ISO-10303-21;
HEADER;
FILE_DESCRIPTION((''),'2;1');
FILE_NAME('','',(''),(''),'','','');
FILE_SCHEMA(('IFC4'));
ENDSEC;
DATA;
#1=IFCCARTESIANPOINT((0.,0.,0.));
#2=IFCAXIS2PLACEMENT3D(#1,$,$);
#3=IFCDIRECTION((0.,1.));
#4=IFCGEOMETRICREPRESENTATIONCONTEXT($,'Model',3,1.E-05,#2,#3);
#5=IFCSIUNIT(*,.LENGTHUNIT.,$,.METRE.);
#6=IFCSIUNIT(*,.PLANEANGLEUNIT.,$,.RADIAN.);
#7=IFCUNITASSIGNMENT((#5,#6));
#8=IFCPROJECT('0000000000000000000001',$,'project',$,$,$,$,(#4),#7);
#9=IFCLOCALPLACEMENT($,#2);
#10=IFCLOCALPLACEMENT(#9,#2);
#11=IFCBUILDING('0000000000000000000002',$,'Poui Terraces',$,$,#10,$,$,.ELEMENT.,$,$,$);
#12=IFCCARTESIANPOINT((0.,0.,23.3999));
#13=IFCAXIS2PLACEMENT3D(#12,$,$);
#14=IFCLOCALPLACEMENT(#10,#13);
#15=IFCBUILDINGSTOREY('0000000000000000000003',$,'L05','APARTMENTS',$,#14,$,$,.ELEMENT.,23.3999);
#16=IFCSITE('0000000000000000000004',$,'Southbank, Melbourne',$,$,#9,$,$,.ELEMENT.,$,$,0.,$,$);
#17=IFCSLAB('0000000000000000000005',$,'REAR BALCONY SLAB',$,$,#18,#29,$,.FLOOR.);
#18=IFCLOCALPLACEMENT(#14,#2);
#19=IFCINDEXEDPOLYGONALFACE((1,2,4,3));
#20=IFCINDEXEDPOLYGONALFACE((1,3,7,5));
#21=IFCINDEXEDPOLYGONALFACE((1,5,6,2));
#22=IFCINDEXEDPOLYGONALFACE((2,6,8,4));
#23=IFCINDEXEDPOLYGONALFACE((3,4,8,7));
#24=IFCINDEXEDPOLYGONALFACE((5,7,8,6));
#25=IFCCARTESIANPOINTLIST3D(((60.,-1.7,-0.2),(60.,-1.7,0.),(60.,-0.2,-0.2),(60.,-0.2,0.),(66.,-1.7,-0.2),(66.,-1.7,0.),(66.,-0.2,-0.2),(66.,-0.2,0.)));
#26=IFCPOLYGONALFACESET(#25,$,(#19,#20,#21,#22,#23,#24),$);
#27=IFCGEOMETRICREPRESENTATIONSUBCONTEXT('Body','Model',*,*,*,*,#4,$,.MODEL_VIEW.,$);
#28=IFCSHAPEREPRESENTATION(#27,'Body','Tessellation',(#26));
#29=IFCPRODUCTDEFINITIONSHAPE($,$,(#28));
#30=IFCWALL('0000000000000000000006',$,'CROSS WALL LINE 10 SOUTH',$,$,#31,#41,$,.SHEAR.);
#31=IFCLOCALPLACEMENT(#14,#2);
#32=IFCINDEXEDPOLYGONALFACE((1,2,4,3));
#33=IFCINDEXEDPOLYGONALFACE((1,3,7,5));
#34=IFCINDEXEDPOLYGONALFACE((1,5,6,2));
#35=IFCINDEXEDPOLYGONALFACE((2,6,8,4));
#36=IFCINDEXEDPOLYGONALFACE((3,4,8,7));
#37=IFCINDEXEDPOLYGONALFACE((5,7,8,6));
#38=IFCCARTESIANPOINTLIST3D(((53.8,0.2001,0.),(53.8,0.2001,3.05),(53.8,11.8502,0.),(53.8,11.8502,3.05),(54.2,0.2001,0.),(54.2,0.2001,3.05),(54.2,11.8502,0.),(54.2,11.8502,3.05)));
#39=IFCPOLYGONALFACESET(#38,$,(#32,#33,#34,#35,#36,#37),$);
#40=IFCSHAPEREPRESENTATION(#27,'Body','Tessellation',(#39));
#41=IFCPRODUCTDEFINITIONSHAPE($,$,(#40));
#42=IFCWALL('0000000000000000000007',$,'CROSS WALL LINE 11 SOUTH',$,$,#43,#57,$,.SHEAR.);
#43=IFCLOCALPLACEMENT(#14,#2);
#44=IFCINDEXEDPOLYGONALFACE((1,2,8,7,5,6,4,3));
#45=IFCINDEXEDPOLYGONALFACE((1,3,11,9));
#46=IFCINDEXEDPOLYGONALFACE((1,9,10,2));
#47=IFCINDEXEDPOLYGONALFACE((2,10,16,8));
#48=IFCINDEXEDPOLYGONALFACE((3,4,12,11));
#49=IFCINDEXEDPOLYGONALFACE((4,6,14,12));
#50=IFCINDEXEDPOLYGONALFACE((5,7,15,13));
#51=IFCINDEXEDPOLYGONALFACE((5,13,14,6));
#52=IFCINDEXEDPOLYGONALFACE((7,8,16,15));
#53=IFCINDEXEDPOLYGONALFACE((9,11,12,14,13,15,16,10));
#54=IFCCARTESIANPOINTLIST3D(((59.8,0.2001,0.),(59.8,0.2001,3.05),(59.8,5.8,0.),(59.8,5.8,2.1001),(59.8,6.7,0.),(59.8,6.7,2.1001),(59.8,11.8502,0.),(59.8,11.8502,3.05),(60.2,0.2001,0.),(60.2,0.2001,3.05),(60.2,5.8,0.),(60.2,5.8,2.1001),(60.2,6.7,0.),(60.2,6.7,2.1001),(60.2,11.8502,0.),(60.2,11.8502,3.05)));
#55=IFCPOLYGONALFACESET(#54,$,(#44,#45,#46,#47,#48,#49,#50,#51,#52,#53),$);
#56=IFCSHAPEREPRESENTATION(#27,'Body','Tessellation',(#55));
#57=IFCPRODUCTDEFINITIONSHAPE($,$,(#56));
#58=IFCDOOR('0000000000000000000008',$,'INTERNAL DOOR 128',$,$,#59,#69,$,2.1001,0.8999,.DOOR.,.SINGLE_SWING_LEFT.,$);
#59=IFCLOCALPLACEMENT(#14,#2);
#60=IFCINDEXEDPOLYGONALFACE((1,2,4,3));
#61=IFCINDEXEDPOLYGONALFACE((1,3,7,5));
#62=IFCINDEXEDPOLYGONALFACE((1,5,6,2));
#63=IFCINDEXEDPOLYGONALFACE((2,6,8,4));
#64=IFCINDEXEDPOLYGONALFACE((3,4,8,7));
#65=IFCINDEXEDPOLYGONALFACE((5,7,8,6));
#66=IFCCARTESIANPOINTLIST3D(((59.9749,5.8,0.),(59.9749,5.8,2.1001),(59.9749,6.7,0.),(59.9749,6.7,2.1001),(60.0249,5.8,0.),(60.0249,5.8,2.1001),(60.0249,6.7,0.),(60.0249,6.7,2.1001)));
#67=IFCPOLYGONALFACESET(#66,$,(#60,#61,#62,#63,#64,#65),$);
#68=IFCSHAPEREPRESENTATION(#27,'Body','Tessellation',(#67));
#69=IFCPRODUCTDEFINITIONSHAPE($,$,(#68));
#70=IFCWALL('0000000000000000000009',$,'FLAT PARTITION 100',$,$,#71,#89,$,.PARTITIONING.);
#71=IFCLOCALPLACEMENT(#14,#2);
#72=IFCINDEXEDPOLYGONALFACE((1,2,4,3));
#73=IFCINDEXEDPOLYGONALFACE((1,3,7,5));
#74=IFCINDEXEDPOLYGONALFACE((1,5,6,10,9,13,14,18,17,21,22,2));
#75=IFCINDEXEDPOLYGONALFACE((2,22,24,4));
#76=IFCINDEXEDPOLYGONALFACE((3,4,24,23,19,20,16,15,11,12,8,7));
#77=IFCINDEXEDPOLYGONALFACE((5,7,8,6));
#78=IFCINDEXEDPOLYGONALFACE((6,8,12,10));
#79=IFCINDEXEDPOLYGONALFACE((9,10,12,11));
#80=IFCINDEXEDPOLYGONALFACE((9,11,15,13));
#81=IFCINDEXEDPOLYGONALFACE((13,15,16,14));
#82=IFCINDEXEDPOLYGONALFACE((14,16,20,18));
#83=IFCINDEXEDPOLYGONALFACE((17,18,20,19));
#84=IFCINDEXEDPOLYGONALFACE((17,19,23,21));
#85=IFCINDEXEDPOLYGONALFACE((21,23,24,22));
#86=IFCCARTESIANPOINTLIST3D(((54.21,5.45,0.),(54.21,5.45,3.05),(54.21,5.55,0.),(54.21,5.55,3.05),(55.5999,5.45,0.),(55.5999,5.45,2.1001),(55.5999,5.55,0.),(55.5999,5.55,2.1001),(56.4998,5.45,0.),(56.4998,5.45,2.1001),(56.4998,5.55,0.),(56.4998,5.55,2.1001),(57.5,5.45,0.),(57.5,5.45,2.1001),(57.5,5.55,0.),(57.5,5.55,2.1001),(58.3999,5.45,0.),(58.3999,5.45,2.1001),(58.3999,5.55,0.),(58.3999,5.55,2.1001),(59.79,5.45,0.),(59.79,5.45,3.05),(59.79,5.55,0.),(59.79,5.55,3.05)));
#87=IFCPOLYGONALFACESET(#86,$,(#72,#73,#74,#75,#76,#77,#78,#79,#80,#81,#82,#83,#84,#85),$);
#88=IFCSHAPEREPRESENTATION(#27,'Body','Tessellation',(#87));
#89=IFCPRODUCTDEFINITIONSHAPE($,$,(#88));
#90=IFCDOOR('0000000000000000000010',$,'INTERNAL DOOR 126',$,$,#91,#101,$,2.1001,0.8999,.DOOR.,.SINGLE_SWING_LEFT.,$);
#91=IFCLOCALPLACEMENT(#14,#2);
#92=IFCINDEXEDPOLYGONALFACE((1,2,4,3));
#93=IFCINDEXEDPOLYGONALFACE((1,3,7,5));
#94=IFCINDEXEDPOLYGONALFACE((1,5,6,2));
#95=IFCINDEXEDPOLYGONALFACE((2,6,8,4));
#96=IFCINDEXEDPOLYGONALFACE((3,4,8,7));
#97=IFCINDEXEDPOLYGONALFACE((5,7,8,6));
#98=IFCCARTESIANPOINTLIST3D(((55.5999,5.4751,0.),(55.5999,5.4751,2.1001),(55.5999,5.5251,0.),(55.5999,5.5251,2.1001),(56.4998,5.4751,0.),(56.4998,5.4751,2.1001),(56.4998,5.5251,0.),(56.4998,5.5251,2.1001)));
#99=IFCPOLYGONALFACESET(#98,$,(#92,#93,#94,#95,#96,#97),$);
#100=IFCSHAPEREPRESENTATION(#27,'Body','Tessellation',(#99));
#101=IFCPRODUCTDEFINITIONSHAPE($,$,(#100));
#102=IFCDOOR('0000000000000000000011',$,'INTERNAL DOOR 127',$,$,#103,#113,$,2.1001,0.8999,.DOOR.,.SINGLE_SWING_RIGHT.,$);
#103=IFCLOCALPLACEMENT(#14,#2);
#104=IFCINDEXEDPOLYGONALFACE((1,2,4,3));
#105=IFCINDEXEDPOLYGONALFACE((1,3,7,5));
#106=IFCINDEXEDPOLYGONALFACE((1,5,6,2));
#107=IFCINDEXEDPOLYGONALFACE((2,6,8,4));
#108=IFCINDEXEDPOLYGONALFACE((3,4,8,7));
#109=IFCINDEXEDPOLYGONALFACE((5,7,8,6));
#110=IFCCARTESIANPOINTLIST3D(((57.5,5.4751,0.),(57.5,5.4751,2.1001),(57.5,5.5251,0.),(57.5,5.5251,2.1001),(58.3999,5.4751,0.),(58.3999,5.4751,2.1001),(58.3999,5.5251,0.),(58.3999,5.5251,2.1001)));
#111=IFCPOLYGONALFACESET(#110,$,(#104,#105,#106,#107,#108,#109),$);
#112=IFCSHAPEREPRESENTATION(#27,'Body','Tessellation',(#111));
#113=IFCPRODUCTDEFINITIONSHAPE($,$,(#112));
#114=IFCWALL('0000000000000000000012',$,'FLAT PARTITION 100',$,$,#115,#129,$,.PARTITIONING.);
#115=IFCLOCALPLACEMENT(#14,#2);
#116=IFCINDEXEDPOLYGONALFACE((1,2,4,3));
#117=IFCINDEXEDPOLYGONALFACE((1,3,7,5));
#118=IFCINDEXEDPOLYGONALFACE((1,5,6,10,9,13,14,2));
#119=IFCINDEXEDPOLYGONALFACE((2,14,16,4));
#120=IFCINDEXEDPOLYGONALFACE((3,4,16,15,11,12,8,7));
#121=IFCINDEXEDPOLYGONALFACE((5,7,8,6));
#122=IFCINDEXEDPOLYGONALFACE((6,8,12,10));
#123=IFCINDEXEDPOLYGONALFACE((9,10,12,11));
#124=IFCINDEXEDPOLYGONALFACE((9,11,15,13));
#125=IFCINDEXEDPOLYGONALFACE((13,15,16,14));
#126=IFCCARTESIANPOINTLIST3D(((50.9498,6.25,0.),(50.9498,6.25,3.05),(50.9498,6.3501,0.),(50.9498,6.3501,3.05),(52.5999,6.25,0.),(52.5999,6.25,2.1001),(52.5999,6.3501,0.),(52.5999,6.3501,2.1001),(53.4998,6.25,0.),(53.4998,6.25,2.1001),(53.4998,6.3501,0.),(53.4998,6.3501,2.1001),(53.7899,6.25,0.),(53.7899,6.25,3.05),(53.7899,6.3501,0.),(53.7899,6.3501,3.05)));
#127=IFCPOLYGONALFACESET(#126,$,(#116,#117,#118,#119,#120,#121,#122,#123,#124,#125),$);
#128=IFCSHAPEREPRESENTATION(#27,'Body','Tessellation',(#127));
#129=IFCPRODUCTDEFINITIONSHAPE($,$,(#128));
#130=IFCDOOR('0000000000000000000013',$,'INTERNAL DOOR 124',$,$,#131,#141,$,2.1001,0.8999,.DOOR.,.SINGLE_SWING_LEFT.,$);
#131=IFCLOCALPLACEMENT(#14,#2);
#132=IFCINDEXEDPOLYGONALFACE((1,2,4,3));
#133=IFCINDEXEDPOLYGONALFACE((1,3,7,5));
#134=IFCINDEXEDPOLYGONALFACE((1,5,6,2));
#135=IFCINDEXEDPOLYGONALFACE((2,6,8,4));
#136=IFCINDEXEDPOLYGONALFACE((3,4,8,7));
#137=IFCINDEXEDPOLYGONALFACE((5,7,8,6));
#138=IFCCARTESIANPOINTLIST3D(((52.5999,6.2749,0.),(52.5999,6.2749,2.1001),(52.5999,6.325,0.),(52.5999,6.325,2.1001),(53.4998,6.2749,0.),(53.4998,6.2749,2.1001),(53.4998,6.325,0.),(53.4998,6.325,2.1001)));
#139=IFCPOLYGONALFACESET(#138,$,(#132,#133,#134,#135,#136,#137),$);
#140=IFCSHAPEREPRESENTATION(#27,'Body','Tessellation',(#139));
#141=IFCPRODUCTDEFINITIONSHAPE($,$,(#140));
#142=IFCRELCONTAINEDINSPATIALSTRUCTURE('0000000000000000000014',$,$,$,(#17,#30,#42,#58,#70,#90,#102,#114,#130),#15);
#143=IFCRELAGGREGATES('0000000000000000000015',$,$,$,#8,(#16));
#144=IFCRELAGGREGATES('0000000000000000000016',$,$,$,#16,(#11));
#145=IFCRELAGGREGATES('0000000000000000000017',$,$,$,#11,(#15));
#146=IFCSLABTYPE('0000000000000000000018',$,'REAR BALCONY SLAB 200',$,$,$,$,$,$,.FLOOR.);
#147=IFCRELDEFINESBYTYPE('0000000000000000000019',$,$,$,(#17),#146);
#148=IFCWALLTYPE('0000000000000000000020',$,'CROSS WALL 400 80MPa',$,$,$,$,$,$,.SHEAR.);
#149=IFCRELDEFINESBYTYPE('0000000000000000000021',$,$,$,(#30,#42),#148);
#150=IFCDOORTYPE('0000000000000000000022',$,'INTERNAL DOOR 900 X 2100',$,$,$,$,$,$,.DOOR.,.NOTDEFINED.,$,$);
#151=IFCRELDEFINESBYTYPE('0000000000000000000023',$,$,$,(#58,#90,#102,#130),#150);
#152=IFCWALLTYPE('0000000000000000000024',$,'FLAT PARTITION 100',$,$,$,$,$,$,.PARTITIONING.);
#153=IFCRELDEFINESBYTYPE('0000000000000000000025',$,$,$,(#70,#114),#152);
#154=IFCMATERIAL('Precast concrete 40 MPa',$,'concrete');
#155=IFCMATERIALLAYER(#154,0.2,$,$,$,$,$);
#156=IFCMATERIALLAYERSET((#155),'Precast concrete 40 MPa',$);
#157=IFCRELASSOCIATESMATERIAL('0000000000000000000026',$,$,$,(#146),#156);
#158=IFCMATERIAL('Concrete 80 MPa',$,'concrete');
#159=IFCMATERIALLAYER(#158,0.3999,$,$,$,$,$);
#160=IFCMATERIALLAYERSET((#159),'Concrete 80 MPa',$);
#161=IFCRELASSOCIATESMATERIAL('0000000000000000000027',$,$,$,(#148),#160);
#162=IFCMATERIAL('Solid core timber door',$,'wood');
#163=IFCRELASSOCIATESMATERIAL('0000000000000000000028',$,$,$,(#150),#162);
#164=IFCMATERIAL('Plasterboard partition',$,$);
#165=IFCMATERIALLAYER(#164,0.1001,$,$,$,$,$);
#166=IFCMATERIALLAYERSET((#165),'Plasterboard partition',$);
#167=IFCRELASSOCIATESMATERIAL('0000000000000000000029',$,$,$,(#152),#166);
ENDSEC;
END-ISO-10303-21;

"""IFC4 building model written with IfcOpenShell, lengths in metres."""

from ifc_helpers import new_model, si_unit, direction, frame, frame_2d, origin, place, context, subcontext, project, spatial, polyline, rectangle, outline, extrude, source, transform, mapped, material, layer, layer_set, type_object, element, fill, save


model = new_model("IFC4")

# Units and contexts
model_context = context("Model", 3, precision=1e-05, world=origin(), true_north=direction((0.0, 1.0)))
body_context = subcontext(model_context, "Body", "Model", "MODEL_VIEW")
ifc_project = project(units=[si_unit("LENGTHUNIT", "METRE"), si_unit("PLANEANGLEUNIT", "RADIAN")], contexts=[model_context])

# Site, building, storey
site_placement = place(None, origin())
site = spatial("IfcSite", under=ifc_project, at=site_placement, Name="Southbank, Melbourne", CompositionType="ELEMENT", RefElevation=0.0)
building_placement = place(site_placement, origin())
building = spatial("IfcBuilding", under=site, at=building_placement, Name="Poui Terraces", CompositionType="ELEMENT")
storey_placement = place(building_placement, frame((0.0, 0.0, 23.3999)))
storey = spatial("IfcBuildingStorey", under=building, at=storey_placement, Name="L05", Description="APARTMENTS", CompositionType="ELEMENT", Elevation=23.3999)

# Slab
ifc_material_1 = material(Name="Precast concrete 40 MPa", Category="concrete")
ifc_layer_1 = layer(ifc_material_1, 0.2)
ifc_layer_set_1 = layer_set([ifc_layer_1], Name="Precast concrete 40 MPa")
slab_type = type_object("IfcSlabType", Name="REAR BALCONY SLAB 200", PredefinedType="FLOOR", material=ifc_layer_set_1)
shared_shape_1 = source(origin(), body_context, "Body", "SweptSolid", [
    extrude(outline(polyline([(0.0, 0.0), (6.0, 0.0), (6.0, 1.5), (0.0, 1.5), (0.0, 0.0)])), origin(), (0.0, 0.0, 1.0), 0.2),
])
slab_placement = place(storey_placement, frame((60.0, -1.7, -0.2)))
element("IfcSlab", 1, at=slab_placement, inside=storey, type_object=slab_type, Name="REAR BALCONY SLAB", PredefinedType="FLOOR", context=body_context, shape_type="MappedRepresentation", body=[
    mapped(shared_shape_1, transform((0.0, 0.0, 0.0))),
])

# Wall
ifc_material_2 = material(Name="Concrete 80 MPa", Category="concrete")
ifc_layer_2 = layer(ifc_material_2, 0.3999)
ifc_layer_set_2 = layer_set([ifc_layer_2], Name="Concrete 80 MPa")
wall_type_1 = type_object("IfcWallType", Name="CROSS WALL 400 80MPa", PredefinedType="SHEAR", material=ifc_layer_set_2)
wall_1_placement = place(storey_placement, frame((54.0, 0.2, 0.0), z_axis=(0.0, 0.0, 1.0), x_axis=(0.0, 1.0, 0.0)))
element("IfcWall", 2, at=wall_1_placement, inside=storey, type_object=wall_type_1, Name="CROSS WALL LINE 10 SOUTH", PredefinedType="SHEAR", context=body_context, shape_type="SweptSolid", body=[
    extrude(rectangle(XDim=11.6501, YDim=0.3999, at=frame_2d((5.8252, 0.0))), origin(), (0.0, 0.0, 1.0), 3.05),
])

# Wall, opening, door
wall_2_placement = place(storey_placement, frame((60.0, 0.2, 0.0), z_axis=(0.0, 0.0, 1.0), x_axis=(0.0, 1.0, 0.0)))
wall_2 = element("IfcWall", 3, at=wall_2_placement, inside=storey, type_object=wall_type_1, Name="CROSS WALL LINE 11 SOUTH", PredefinedType="SHEAR", context=body_context, shape_type="SweptSolid", body=[
    extrude(rectangle(XDim=11.6501, YDim=0.3999, at=frame_2d((5.8252, 0.0))), origin(), (0.0, 0.0, 1.0), 3.05),
])
opening_1_placement = place(wall_2_placement, frame((5.6001, 0.0, 0.0)))
opening_1 = element("IfcOpeningElement", 4, at=opening_1_placement, cuts=wall_2, PredefinedType="OPENING", context=body_context, shape_type="SweptSolid", body=[
    extrude(rectangle(XDim=0.8999, YDim=2.1001, at=frame_2d((0.45, 1.05))), frame((0.0, 0.21, 0.0), z_axis=(0.0, -1.0, 0.0), x_axis=(1.0, 0.0, 0.0)), (0.0, 0.0, 1.0), 0.4199),
])
ifc_material_3 = material(Name="Solid core timber door", Category="wood")
door_type_1 = type_object("IfcDoorType", Name="INTERNAL DOOR 900 X 2100", OperationType="NOTDEFINED", PredefinedType="DOOR", material=ifc_material_3)
door_1_placement = place(opening_1_placement, frame((0.8999, 0.0, 0.0), z_axis=(0.0, 0.0, 1.0), x_axis=(-1.0, 0.0, 0.0)))
door_1 = element("IfcDoor", 5, at=door_1_placement, inside=storey, type_object=door_type_1, Name="INTERNAL DOOR 128", OperationType="SINGLE_SWING_LEFT", OverallHeight=2.1001, OverallWidth=0.8999, PredefinedType="DOOR", context=body_context, shape_type="SweptSolid", body=[
    extrude(rectangle(XDim=0.8999, YDim=2.1001, at=frame_2d((0.45, 1.05))), frame((0.0, 0.0249, 0.0), z_axis=(0.0, -1.0, 0.0), x_axis=(1.0, 0.0, 0.0)), (0.0, 0.0, 1.0), 0.05),
])
fill(opening_1, door_1)

# Wall, openings, doors
ifc_material_4 = material(Name="Plasterboard partition")
ifc_layer_3 = layer(ifc_material_4, 0.1001)
ifc_layer_set_3 = layer_set([ifc_layer_3], Name="Plasterboard partition")
wall_type_2 = type_object("IfcWallType", Name="FLAT PARTITION 100", PredefinedType="PARTITIONING", material=ifc_layer_set_3)
wall_3_placement = place(storey_placement, frame((54.21, 5.5, 0.0), z_axis=(0.0, 0.0, 1.0), x_axis=(1.0, 0.0, 0.0)))
wall_3 = element("IfcWall", 6, at=wall_3_placement, inside=storey, type_object=wall_type_2, Name="FLAT PARTITION 100", PredefinedType="PARTITIONING", context=body_context, shape_type="SweptSolid", body=[
    extrude(rectangle(XDim=5.5801, YDim=0.1001, at=frame_2d((2.79, 0.0))), origin(), (0.0, 0.0, 1.0), 3.05),
])
opening_2_placement = place(wall_3_placement, frame((1.3899, 0.0, 0.0)))
opening_2 = element("IfcOpeningElement", 7, at=opening_2_placement, cuts=wall_3, PredefinedType="OPENING", context=body_context, shape_type="SweptSolid", body=[
    extrude(rectangle(XDim=0.8999, YDim=2.1001, at=frame_2d((0.45, 1.05))), frame((0.0, 0.0601, 0.0), z_axis=(0.0, -1.0, 0.0), x_axis=(1.0, 0.0, 0.0)), (0.0, 0.0, 1.0), 0.1201),
])
opening_3_placement = place(wall_3_placement, frame((3.29, 0.0, 0.0)))
opening_3 = element("IfcOpeningElement", 8, at=opening_3_placement, cuts=wall_3, PredefinedType="OPENING", context=body_context, shape_type="SweptSolid", body=[
    extrude(rectangle(XDim=0.8999, YDim=2.1001, at=frame_2d((0.45, 1.05))), frame((0.0, 0.0601, 0.0), z_axis=(0.0, -1.0, 0.0), x_axis=(1.0, 0.0, 0.0)), (0.0, 0.0, 1.0), 0.1201),
])
door_2_placement = place(opening_2_placement, frame((0.8999, 0.0, 0.0), z_axis=(0.0, 0.0, 1.0), x_axis=(-1.0, 0.0, 0.0)))
door_2 = element("IfcDoor", 9, at=door_2_placement, inside=storey, type_object=door_type_1, Name="INTERNAL DOOR 126", OperationType="SINGLE_SWING_LEFT", OverallHeight=2.1001, OverallWidth=0.8999, PredefinedType="DOOR", context=body_context, shape_type="SweptSolid", body=[
    extrude(rectangle(XDim=0.8999, YDim=2.1001, at=frame_2d((0.45, 1.05))), frame((0.0, 0.0249, 0.0), z_axis=(0.0, -1.0, 0.0), x_axis=(1.0, 0.0, 0.0)), (0.0, 0.0, 1.0), 0.05),
])
fill(opening_2, door_2)
door_3_placement = place(opening_3_placement, frame((0.8999, 0.0, 0.0), z_axis=(0.0, 0.0, 1.0), x_axis=(-1.0, 0.0, 0.0)))
door_3 = element("IfcDoor", 10, at=door_3_placement, inside=storey, type_object=door_type_1, Name="INTERNAL DOOR 127", OperationType="SINGLE_SWING_RIGHT", OverallHeight=2.1001, OverallWidth=0.8999, PredefinedType="DOOR", context=body_context, shape_type="SweptSolid", body=[
    extrude(rectangle(XDim=0.8999, YDim=2.1001, at=frame_2d((0.45, 1.05))), frame((0.0, 0.0249, 0.0), z_axis=(0.0, -1.0, 0.0), x_axis=(1.0, 0.0, 0.0)), (0.0, 0.0, 1.0), 0.05),
])
fill(opening_3, door_3)

# Wall, opening, door
wall_4_placement = place(storey_placement, frame((50.95, 6.3, 0.0), z_axis=(0.0, 0.0, 1.0), x_axis=(1.0, 0.0, 0.0)))
wall_4 = element("IfcWall", 11, at=wall_4_placement, inside=storey, type_object=wall_type_2, Name="FLAT PARTITION 100", PredefinedType="PARTITIONING", context=body_context, shape_type="SweptSolid", body=[
    extrude(rectangle(XDim=2.8401, YDim=0.1001, at=frame_2d((1.4199, 0.0))), origin(), (0.0, 0.0, 1.0), 3.05),
])
opening_4_placement = place(wall_4_placement, frame((1.6499, 0.0, 0.0)))
opening_4 = element("IfcOpeningElement", 12, at=opening_4_placement, cuts=wall_4, PredefinedType="OPENING", context=body_context, shape_type="SweptSolid", body=[
    extrude(rectangle(XDim=0.8999, YDim=2.1001, at=frame_2d((0.45, 1.05))), frame((0.0, 0.0601, 0.0), z_axis=(0.0, -1.0, 0.0), x_axis=(1.0, 0.0, 0.0)), (0.0, 0.0, 1.0), 0.1201),
])
door_4_placement = place(opening_4_placement, origin())
door_4 = element("IfcDoor", 13, at=door_4_placement, inside=storey, type_object=door_type_1, Name="INTERNAL DOOR 124", OperationType="SINGLE_SWING_LEFT", OverallHeight=2.1001, OverallWidth=0.8999, PredefinedType="DOOR", context=body_context, shape_type="SweptSolid", body=[
    extrude(rectangle(XDim=0.8999, YDim=2.1001, at=frame_2d((0.45, 1.05))), frame((0.0, 0.0249, 0.0), z_axis=(0.0, -1.0, 0.0), x_axis=(1.0, 0.0, 0.0)), (0.0, 0.0, 1.0), 0.05),
])
fill(opening_4, door_4)

save(model, "model.ifc")
